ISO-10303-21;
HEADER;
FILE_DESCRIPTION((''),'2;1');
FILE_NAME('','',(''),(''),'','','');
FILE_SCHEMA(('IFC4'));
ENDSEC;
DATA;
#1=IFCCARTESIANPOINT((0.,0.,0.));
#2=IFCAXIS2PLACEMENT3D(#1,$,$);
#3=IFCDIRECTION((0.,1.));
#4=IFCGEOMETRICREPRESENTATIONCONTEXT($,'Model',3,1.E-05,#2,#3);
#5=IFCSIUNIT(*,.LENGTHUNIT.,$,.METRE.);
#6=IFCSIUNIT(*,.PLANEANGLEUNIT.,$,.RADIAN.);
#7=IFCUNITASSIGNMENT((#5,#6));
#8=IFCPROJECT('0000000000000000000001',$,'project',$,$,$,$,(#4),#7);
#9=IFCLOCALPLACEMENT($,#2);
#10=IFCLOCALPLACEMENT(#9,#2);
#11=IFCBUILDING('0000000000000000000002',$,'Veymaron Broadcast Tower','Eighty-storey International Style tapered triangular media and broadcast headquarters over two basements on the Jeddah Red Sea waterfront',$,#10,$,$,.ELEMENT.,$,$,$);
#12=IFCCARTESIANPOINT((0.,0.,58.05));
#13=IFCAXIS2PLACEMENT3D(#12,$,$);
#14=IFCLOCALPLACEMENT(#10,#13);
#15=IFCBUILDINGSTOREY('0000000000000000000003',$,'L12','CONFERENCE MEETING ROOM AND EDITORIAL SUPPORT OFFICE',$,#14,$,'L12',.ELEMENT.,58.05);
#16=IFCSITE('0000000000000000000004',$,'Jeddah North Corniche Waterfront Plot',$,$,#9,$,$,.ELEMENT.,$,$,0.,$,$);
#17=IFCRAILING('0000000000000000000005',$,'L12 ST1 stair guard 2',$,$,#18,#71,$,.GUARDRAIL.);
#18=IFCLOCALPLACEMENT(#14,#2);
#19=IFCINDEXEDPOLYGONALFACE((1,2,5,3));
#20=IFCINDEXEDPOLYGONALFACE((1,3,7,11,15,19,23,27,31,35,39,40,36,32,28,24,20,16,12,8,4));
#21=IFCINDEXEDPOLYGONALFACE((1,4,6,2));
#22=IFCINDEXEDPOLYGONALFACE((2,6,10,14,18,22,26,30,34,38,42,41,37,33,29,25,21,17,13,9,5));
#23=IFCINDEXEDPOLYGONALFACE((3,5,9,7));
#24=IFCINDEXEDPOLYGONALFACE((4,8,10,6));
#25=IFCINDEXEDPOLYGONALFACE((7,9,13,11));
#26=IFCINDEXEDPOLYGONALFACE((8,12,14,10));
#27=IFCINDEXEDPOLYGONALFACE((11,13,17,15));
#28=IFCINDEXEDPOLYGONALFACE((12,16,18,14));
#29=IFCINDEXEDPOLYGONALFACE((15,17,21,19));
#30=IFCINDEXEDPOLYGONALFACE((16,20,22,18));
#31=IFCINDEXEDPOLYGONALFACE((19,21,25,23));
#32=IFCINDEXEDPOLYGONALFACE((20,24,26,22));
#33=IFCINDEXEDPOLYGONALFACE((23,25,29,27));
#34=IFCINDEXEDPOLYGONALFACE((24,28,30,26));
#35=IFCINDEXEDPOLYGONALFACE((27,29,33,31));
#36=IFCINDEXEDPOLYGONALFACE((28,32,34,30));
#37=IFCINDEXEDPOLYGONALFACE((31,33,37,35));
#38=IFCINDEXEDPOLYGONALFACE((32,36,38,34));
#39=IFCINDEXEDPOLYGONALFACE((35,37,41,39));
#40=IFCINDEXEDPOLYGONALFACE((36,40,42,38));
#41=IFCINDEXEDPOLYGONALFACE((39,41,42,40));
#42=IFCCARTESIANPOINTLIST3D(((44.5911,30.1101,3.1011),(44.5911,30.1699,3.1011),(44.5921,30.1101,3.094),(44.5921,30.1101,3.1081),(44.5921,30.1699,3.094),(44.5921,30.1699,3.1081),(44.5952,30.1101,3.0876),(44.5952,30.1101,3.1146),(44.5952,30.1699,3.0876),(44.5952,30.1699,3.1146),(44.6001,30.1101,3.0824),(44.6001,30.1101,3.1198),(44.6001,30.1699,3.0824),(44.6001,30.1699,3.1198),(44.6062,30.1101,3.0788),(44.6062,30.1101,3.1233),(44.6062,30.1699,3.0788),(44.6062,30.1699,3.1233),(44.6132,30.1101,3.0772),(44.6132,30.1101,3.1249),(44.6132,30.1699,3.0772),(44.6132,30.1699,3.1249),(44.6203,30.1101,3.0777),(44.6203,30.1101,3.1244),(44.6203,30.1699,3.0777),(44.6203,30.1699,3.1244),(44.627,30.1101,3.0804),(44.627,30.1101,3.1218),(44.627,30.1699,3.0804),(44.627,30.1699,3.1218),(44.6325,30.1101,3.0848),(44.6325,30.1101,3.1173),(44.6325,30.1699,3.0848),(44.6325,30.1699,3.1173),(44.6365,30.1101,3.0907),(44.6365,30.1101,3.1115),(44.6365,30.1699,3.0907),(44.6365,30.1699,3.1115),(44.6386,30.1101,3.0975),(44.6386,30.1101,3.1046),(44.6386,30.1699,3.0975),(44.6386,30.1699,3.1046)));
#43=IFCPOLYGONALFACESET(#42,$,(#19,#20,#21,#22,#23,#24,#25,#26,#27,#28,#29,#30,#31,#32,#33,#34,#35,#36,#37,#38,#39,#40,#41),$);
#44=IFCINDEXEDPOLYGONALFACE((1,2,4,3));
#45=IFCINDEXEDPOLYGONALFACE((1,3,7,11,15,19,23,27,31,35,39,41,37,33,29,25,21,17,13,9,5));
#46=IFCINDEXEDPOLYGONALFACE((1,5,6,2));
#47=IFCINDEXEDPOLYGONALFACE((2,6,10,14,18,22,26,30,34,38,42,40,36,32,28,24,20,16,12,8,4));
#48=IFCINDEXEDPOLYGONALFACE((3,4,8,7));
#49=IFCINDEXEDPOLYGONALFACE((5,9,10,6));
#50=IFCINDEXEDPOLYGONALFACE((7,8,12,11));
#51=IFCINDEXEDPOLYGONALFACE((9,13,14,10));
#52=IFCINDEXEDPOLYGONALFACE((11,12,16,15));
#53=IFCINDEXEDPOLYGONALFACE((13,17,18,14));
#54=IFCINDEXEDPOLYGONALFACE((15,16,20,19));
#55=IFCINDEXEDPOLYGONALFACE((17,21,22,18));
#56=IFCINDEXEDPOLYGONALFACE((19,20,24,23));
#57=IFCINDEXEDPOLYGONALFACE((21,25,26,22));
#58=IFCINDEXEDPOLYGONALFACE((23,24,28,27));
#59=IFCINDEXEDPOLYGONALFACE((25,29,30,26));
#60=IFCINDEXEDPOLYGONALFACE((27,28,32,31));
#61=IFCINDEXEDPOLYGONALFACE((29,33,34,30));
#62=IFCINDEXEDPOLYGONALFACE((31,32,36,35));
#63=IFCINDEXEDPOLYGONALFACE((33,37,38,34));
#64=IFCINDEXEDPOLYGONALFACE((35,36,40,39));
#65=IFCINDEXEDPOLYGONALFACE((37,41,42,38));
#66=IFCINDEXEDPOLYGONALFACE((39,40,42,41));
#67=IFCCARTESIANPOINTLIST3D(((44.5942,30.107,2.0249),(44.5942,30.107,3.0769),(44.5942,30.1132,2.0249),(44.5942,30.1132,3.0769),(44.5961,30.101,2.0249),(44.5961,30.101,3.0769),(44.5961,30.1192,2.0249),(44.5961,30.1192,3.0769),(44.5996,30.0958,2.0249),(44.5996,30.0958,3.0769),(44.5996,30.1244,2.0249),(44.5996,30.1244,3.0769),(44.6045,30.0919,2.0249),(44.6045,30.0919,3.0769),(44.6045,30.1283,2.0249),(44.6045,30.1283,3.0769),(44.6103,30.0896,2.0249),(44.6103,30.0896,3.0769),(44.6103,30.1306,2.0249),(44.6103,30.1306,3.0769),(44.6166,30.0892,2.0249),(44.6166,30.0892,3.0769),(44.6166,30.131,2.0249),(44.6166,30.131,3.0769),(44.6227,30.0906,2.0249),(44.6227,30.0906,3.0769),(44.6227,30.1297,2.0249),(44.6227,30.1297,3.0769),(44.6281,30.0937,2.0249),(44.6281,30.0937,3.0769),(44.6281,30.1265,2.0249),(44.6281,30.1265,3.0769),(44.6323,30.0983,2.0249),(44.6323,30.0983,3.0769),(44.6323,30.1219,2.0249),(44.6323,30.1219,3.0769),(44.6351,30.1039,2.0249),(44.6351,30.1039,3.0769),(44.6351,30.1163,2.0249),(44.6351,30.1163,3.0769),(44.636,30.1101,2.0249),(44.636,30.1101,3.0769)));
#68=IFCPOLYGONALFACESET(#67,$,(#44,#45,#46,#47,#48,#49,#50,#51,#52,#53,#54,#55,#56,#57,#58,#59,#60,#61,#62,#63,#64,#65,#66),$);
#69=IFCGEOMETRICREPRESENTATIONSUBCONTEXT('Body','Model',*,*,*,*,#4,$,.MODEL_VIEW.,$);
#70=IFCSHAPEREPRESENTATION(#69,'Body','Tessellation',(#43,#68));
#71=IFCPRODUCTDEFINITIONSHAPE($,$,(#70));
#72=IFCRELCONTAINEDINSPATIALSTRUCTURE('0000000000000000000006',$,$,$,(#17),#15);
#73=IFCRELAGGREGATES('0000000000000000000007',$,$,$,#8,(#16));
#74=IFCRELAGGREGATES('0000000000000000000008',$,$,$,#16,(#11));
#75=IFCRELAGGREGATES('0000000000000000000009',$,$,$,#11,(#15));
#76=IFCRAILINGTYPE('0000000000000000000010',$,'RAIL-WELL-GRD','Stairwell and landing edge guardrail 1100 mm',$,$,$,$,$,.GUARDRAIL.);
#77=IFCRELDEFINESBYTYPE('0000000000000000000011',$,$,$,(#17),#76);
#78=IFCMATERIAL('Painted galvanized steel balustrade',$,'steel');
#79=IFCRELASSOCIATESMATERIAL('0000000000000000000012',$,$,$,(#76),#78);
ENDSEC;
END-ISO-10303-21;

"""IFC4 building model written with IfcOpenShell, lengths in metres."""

from ifc_helpers import new_model, si_unit, direction, frame, origin, origin_2d, place, context, subcontext, project, spatial, circle, extrude, material, type_object, element, save


model = new_model("IFC4")

# Units and contexts
model_context = context("Model", 3, precision=1e-05, world=origin(), true_north=direction((0.0, 1.0)))
body_context = subcontext(model_context, "Body", "Model", "MODEL_VIEW")
ifc_project = project(units=[si_unit("LENGTHUNIT", "METRE"), si_unit("PLANEANGLEUNIT", "RADIAN")], contexts=[model_context])

# Site, building, storey
site_placement = place(None, origin())
site = spatial("IfcSite", under=ifc_project, at=site_placement, Name="Jeddah North Corniche Waterfront Plot", CompositionType="ELEMENT", RefElevation=0.0)
building_placement = place(site_placement, origin())
building = spatial("IfcBuilding", under=site, at=building_placement, Name="Veymaron Broadcast Tower", Description="Eighty-storey International Style tapered triangular media and broadcast headquarters over two basements on the Jeddah Red Sea waterfront", CompositionType="ELEMENT")
storey_placement = place(building_placement, frame((0.0, 0.0, 58.05)))
storey = spatial("IfcBuildingStorey", under=building, at=storey_placement, Name="L12", Description="CONFERENCE MEETING ROOM AND EDITORIAL SUPPORT OFFICE", LongName="L12", CompositionType="ELEMENT", Elevation=58.05)

# Railing
ifc_material_1 = material(Name="Painted galvanized steel balustrade", Category="steel")
railing_type = type_object("IfcRailingType", Name="RAIL-WELL-GRD", Description="Stairwell and landing edge guardrail 1100 mm", PredefinedType="GUARDRAIL", material=ifc_material_1)
railing_placement = place(storey_placement, frame((44.615, 30.1101, 2.0249)))
element("IfcRailing", 1, at=railing_placement, inside=storey, type_object=railing_type, Name="L12 ST1 stair guard 2", PredefinedType="GUARDRAIL", context=body_context, shape_type="SweptSolid", body=[
    extrude(circle(Radius=0.0239, at=origin_2d()), frame((0.0, 0.0, 1.0762), z_axis=(0.0, 1.0, 0.0), x_axis=(-1.0, 0.0, 0.0)), (0.0, 0.0, 1.0), 0.0598),
    extrude(circle(Radius=0.021, at=origin_2d()), origin(), (0.0, 0.0, 1.0), 1.052),
])

save(model, "model.ifc")
